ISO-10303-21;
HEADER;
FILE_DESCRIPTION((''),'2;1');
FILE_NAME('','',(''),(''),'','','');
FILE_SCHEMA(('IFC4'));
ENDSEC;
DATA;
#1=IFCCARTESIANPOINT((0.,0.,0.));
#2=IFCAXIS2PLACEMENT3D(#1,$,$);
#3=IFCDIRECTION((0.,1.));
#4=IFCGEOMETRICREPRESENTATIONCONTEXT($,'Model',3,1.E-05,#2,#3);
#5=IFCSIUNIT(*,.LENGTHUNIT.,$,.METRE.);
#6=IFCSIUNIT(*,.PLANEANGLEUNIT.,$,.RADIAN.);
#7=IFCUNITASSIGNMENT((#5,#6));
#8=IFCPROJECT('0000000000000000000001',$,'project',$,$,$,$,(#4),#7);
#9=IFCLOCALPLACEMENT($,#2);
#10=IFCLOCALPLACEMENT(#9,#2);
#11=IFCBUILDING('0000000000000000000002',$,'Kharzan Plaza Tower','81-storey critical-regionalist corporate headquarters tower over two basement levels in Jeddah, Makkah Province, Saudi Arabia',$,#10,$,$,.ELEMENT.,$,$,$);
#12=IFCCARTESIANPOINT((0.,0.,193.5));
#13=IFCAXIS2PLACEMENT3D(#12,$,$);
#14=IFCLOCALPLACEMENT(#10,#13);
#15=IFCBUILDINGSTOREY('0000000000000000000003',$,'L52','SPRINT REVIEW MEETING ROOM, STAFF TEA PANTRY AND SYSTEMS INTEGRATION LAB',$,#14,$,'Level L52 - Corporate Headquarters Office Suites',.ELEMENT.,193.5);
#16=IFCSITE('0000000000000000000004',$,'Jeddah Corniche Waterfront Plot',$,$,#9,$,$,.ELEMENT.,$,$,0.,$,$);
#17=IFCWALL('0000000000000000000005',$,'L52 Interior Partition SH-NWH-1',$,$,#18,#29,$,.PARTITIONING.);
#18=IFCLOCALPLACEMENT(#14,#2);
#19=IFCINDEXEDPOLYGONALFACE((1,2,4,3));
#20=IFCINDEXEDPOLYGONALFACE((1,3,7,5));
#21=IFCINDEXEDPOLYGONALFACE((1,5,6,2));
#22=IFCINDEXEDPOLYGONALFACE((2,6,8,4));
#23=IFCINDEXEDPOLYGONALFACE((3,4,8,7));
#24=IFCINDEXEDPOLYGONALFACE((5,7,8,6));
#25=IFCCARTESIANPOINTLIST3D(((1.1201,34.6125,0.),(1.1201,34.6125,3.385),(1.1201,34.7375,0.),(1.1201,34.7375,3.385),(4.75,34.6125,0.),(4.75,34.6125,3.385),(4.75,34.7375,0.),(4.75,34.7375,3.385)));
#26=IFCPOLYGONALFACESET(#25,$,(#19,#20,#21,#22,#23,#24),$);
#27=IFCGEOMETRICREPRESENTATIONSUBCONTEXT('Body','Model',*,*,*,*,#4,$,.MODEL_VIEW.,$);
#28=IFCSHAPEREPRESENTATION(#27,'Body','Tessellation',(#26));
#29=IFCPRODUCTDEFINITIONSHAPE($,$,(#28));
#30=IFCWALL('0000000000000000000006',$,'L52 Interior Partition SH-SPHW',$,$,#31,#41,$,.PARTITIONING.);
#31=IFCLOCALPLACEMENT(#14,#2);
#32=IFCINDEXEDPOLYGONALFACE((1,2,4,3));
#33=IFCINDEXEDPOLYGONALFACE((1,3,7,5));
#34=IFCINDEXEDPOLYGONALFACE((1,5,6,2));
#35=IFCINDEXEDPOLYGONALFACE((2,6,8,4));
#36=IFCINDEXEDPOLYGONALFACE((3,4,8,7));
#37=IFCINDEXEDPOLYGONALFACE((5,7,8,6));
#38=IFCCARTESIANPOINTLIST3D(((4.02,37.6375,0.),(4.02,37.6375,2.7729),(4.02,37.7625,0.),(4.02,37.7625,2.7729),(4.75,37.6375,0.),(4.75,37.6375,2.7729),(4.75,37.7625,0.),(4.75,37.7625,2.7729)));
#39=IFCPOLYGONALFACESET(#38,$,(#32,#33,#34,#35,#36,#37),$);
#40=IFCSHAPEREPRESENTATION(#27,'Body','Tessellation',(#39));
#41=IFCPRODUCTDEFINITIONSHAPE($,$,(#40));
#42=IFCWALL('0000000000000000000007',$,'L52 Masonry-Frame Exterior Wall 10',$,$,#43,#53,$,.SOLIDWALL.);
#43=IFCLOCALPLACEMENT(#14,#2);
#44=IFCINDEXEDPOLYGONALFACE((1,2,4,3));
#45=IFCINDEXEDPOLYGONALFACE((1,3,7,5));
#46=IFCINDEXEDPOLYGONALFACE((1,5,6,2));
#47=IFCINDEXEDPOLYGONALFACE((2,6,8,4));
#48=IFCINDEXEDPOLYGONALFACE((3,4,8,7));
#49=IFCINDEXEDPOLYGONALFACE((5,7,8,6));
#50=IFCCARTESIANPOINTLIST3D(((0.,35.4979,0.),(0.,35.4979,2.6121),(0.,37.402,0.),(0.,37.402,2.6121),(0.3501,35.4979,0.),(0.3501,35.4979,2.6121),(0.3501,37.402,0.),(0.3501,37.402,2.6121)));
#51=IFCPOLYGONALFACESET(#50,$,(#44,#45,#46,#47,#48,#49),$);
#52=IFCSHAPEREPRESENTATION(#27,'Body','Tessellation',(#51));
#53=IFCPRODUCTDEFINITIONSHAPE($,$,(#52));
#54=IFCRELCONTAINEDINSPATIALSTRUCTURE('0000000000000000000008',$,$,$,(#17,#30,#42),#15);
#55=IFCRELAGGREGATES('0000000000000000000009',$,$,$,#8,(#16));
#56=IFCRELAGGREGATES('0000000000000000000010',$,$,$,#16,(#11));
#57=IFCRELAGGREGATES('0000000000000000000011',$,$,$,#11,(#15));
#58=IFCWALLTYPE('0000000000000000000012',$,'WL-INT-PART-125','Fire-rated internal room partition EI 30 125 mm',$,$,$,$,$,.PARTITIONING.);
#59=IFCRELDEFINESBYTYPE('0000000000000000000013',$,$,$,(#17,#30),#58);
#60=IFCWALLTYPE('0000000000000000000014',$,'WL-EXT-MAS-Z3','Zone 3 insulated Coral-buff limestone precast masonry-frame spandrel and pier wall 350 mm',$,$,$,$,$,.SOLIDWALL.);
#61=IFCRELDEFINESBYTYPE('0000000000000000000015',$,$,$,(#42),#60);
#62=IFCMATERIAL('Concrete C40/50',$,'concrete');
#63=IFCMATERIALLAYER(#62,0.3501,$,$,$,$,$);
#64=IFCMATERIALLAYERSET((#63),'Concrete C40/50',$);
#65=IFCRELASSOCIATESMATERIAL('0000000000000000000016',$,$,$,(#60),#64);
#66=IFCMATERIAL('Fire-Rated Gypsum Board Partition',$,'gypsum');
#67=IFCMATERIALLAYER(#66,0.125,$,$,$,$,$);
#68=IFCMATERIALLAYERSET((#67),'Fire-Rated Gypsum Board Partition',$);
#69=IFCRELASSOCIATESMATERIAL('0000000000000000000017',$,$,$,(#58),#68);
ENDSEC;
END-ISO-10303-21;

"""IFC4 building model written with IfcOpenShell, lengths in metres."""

from ifc_helpers import new_model, si_unit, direction, frame, frame_2d, origin, place, context, subcontext, project, spatial, rectangle, extrude, source, transform, mapped, material, layer, layer_set, type_object, element, save


model = new_model("IFC4")

# Units and contexts
model_context = context("Model", 3, precision=1e-05, world=origin(), true_north=direction((0.0, 1.0)))
body_context = subcontext(model_context, "Body", "Model", "MODEL_VIEW")
ifc_project = project(units=[si_unit("LENGTHUNIT", "METRE"), si_unit("PLANEANGLEUNIT", "RADIAN")], contexts=[model_context])

# Site, building, storey
site_placement = place(None, origin())
site = spatial("IfcSite", under=ifc_project, at=site_placement, Name="Jeddah Corniche Waterfront Plot", CompositionType="ELEMENT", RefElevation=0.0)
building_placement = place(site_placement, origin())
building = spatial("IfcBuilding", under=site, at=building_placement, Name="Kharzan Plaza Tower", Description="81-storey critical-regionalist corporate headquarters tower over two basement levels in Jeddah, Makkah Province, Saudi Arabia", CompositionType="ELEMENT")
storey_placement = place(building_placement, frame((0.0, 0.0, 193.5)))
storey = spatial("IfcBuildingStorey", under=building, at=storey_placement, Name="L52", Description="SPRINT REVIEW MEETING ROOM, STAFF TEA PANTRY AND SYSTEMS INTEGRATION LAB", LongName="Level L52 - Corporate Headquarters Office Suites", CompositionType="ELEMENT", Elevation=193.5)

# Shared definitions
ifc_material_1 = material(Name="Concrete C40/50", Category="concrete")
ifc_layer_1 = layer(ifc_material_1, 0.3501)
ifc_layer_set_1 = layer_set([ifc_layer_1], Name="Concrete C40/50")
wall_type_1 = type_object("IfcWallType", Name="WL-EXT-MAS-Z3", Description="Zone 3 insulated Coral-buff limestone precast masonry-frame spandrel and pier wall 350 mm", PredefinedType="SOLIDWALL", material=ifc_layer_set_1)

# Shared definitions
ifc_material_2 = material(Name="Fire-Rated Gypsum Board Partition", Category="gypsum")
ifc_layer_2 = layer(ifc_material_2, 0.125)
ifc_layer_set_2 = layer_set([ifc_layer_2], Name="Fire-Rated Gypsum Board Partition")
wall_type_2 = type_object("IfcWallType", Name="WL-INT-PART-125", Description="Fire-rated internal room partition EI 30 125 mm", PredefinedType="PARTITIONING", material=ifc_layer_set_2)

# Walls
shared_shape_1 = source(origin(), body_context, "Body", "SweptSolid", [
    extrude(rectangle(XDim=3.6299, YDim=0.125, at=frame_2d((1.8149, 0.0))), origin(), (0.0, 0.0, 1.0), 3.385),
])
wall_1_placement = place(storey_placement, frame((1.1201, 34.675, 0.0), z_axis=(0.0, 0.0, 1.0), x_axis=(1.0, 0.0, 0.0)))
element("IfcWall", 1, at=wall_1_placement, inside=storey, type_object=wall_type_2, Name="L52 Interior Partition SH-NWH-1", PredefinedType="PARTITIONING", context=body_context, shape_type="MappedRepresentation", body=[
    mapped(shared_shape_1, transform((0.0, 0.0, 0.0), x_axis=(1.0, 0.0, 0.0), y_axis=(0.0, 1.0, 0.0), z_axis=(0.0, 0.0, 1.0))),
])
shared_shape_2 = source(origin(), body_context, "Body", "SweptSolid", [
    extrude(rectangle(XDim=0.73, YDim=0.125, at=frame_2d((0.365, 0.0))), origin(), (0.0, 0.0, 1.0), 2.7729),
])
wall_2_placement = place(storey_placement, frame((4.02, 37.7, 0.0), z_axis=(0.0, 0.0, 1.0), x_axis=(1.0, 0.0, 0.0)))
element("IfcWall", 2, at=wall_2_placement, inside=storey, type_object=wall_type_2, Name="L52 Interior Partition SH-SPHW", PredefinedType="PARTITIONING", context=body_context, shape_type="MappedRepresentation", body=[
    mapped(shared_shape_2, transform((0.0, 0.0, 0.0), x_axis=(1.0, 0.0, 0.0), y_axis=(0.0, 1.0, 0.0), z_axis=(0.0, 0.0, 1.0))),
])
shared_shape_3 = source(origin(), body_context, "Body", "SweptSolid", [
    extrude(rectangle(XDim=1.9041, YDim=0.3501, at=frame_2d((0.9521, 0.0))), origin(), (0.0, 0.0, 1.0), 2.6121),
])
wall_3_placement = place(storey_placement, frame((0.175, 37.4021, 0.0), z_axis=(0.0, 0.0, 1.0), x_axis=(0.0, -1.0, 0.0)))
element("IfcWall", 3, at=wall_3_placement, inside=storey, type_object=wall_type_1, Name="L52 Masonry-Frame Exterior Wall 10", PredefinedType="SOLIDWALL", context=body_context, shape_type="MappedRepresentation", body=[
    mapped(shared_shape_3, transform((0.0, 0.0, 0.0), x_axis=(1.0, 0.0, 0.0), y_axis=(0.0, 1.0, 0.0), z_axis=(0.0, 0.0, 1.0))),
])

save(model, "model.ifc")
